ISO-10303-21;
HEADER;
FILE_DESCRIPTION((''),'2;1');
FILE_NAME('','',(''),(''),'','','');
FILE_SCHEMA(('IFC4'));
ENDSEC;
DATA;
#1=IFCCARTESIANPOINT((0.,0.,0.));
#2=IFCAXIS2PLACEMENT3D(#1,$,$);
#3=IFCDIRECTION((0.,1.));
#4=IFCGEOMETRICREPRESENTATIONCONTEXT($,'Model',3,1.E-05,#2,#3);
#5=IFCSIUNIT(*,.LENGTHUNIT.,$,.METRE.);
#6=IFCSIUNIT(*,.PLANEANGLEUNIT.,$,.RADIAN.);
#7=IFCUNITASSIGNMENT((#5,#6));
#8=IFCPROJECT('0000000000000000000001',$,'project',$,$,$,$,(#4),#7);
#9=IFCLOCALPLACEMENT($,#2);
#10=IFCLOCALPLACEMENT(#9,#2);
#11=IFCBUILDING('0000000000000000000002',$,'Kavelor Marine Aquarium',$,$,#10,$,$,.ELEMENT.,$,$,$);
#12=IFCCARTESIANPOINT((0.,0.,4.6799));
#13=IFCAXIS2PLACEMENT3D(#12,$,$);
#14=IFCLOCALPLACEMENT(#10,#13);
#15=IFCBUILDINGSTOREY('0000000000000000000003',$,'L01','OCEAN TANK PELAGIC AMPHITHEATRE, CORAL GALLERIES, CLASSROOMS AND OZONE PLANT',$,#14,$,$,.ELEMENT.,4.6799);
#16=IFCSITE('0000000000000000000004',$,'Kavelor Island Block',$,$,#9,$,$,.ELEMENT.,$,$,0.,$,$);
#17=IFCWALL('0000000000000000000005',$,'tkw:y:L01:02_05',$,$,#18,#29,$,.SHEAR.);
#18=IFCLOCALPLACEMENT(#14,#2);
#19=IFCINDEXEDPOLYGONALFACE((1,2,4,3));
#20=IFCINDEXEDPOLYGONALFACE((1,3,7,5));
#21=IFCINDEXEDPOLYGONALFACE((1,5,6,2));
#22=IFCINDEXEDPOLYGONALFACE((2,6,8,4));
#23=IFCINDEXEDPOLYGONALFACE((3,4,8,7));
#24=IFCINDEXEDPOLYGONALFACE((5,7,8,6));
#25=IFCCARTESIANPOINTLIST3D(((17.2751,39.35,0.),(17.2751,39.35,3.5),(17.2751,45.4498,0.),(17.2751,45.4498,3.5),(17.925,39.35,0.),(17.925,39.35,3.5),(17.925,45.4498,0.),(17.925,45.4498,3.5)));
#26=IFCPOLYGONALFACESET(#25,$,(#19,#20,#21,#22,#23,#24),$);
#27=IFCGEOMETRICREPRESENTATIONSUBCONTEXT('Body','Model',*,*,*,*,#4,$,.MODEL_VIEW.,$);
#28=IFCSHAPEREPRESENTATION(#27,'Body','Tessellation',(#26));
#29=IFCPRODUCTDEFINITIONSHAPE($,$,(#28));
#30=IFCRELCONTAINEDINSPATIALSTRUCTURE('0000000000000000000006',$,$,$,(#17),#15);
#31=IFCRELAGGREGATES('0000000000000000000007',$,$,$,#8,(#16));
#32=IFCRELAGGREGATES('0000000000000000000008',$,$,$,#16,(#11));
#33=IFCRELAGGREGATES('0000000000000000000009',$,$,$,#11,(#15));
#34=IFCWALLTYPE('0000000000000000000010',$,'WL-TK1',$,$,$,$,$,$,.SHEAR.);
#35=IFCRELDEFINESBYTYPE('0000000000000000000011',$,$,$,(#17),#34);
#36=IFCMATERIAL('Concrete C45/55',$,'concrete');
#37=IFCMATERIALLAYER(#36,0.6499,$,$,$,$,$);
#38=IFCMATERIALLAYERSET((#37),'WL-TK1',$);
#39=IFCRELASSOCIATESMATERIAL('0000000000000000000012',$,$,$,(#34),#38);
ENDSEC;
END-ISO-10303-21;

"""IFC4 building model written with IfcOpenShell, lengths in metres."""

from ifc_helpers import new_model, si_unit, direction, frame, frame_2d, origin, place, context, subcontext, project, spatial, rectangle, extrude, material, layer, layer_set, type_object, element, save


model = new_model("IFC4")

# Units and contexts
model_context = context("Model", 3, precision=1e-05, world=origin(), true_north=direction((0.0, 1.0)))
body_context = subcontext(model_context, "Body", "Model", "MODEL_VIEW")
ifc_project = project(units=[si_unit("LENGTHUNIT", "METRE"), si_unit("PLANEANGLEUNIT", "RADIAN")], contexts=[model_context])

# Site, building, storey
site_placement = place(None, origin())
site = spatial("IfcSite", under=ifc_project, at=site_placement, Name="Kavelor Island Block", CompositionType="ELEMENT", RefElevation=0.0)
building_placement = place(site_placement, origin())
building = spatial("IfcBuilding", under=site, at=building_placement, Name="Kavelor Marine Aquarium", CompositionType="ELEMENT")
storey_placement = place(building_placement, frame((0.0, 0.0, 4.6799)))
storey = spatial("IfcBuildingStorey", under=building, at=storey_placement, Name="L01", Description="OCEAN TANK PELAGIC AMPHITHEATRE, CORAL GALLERIES, CLASSROOMS AND OZONE PLANT", CompositionType="ELEMENT", Elevation=4.6799)

# Wall
ifc_material_1 = material(Name="Concrete C45/55", Category="concrete")
ifc_layer_1 = layer(ifc_material_1, 0.6499)
ifc_layer_set_1 = layer_set([ifc_layer_1], Name="WL-TK1")
wall_type_1 = type_object("IfcWallType", Name="WL-TK1", PredefinedType="SHEAR", material=ifc_layer_set_1)
wall_1_placement = place(storey_placement, frame((17.6001, 39.3501, 0.0), z_axis=(0.0, 0.0, 1.0), x_axis=(0.0, 1.0, 0.0)))
element("IfcWall", 1, at=wall_1_placement, inside=storey, type_object=wall_type_1, Name="tkw:y:L01:02_05", PredefinedType="SHEAR", context=body_context, shape_type="SweptSolid", body=[
    extrude(rectangle(XDim=6.0999, YDim=0.6499, at=frame_2d((3.0498, 0.0))), origin(), (0.0, 0.0, 1.0), 3.5),
])

save(model, "model.ifc")
